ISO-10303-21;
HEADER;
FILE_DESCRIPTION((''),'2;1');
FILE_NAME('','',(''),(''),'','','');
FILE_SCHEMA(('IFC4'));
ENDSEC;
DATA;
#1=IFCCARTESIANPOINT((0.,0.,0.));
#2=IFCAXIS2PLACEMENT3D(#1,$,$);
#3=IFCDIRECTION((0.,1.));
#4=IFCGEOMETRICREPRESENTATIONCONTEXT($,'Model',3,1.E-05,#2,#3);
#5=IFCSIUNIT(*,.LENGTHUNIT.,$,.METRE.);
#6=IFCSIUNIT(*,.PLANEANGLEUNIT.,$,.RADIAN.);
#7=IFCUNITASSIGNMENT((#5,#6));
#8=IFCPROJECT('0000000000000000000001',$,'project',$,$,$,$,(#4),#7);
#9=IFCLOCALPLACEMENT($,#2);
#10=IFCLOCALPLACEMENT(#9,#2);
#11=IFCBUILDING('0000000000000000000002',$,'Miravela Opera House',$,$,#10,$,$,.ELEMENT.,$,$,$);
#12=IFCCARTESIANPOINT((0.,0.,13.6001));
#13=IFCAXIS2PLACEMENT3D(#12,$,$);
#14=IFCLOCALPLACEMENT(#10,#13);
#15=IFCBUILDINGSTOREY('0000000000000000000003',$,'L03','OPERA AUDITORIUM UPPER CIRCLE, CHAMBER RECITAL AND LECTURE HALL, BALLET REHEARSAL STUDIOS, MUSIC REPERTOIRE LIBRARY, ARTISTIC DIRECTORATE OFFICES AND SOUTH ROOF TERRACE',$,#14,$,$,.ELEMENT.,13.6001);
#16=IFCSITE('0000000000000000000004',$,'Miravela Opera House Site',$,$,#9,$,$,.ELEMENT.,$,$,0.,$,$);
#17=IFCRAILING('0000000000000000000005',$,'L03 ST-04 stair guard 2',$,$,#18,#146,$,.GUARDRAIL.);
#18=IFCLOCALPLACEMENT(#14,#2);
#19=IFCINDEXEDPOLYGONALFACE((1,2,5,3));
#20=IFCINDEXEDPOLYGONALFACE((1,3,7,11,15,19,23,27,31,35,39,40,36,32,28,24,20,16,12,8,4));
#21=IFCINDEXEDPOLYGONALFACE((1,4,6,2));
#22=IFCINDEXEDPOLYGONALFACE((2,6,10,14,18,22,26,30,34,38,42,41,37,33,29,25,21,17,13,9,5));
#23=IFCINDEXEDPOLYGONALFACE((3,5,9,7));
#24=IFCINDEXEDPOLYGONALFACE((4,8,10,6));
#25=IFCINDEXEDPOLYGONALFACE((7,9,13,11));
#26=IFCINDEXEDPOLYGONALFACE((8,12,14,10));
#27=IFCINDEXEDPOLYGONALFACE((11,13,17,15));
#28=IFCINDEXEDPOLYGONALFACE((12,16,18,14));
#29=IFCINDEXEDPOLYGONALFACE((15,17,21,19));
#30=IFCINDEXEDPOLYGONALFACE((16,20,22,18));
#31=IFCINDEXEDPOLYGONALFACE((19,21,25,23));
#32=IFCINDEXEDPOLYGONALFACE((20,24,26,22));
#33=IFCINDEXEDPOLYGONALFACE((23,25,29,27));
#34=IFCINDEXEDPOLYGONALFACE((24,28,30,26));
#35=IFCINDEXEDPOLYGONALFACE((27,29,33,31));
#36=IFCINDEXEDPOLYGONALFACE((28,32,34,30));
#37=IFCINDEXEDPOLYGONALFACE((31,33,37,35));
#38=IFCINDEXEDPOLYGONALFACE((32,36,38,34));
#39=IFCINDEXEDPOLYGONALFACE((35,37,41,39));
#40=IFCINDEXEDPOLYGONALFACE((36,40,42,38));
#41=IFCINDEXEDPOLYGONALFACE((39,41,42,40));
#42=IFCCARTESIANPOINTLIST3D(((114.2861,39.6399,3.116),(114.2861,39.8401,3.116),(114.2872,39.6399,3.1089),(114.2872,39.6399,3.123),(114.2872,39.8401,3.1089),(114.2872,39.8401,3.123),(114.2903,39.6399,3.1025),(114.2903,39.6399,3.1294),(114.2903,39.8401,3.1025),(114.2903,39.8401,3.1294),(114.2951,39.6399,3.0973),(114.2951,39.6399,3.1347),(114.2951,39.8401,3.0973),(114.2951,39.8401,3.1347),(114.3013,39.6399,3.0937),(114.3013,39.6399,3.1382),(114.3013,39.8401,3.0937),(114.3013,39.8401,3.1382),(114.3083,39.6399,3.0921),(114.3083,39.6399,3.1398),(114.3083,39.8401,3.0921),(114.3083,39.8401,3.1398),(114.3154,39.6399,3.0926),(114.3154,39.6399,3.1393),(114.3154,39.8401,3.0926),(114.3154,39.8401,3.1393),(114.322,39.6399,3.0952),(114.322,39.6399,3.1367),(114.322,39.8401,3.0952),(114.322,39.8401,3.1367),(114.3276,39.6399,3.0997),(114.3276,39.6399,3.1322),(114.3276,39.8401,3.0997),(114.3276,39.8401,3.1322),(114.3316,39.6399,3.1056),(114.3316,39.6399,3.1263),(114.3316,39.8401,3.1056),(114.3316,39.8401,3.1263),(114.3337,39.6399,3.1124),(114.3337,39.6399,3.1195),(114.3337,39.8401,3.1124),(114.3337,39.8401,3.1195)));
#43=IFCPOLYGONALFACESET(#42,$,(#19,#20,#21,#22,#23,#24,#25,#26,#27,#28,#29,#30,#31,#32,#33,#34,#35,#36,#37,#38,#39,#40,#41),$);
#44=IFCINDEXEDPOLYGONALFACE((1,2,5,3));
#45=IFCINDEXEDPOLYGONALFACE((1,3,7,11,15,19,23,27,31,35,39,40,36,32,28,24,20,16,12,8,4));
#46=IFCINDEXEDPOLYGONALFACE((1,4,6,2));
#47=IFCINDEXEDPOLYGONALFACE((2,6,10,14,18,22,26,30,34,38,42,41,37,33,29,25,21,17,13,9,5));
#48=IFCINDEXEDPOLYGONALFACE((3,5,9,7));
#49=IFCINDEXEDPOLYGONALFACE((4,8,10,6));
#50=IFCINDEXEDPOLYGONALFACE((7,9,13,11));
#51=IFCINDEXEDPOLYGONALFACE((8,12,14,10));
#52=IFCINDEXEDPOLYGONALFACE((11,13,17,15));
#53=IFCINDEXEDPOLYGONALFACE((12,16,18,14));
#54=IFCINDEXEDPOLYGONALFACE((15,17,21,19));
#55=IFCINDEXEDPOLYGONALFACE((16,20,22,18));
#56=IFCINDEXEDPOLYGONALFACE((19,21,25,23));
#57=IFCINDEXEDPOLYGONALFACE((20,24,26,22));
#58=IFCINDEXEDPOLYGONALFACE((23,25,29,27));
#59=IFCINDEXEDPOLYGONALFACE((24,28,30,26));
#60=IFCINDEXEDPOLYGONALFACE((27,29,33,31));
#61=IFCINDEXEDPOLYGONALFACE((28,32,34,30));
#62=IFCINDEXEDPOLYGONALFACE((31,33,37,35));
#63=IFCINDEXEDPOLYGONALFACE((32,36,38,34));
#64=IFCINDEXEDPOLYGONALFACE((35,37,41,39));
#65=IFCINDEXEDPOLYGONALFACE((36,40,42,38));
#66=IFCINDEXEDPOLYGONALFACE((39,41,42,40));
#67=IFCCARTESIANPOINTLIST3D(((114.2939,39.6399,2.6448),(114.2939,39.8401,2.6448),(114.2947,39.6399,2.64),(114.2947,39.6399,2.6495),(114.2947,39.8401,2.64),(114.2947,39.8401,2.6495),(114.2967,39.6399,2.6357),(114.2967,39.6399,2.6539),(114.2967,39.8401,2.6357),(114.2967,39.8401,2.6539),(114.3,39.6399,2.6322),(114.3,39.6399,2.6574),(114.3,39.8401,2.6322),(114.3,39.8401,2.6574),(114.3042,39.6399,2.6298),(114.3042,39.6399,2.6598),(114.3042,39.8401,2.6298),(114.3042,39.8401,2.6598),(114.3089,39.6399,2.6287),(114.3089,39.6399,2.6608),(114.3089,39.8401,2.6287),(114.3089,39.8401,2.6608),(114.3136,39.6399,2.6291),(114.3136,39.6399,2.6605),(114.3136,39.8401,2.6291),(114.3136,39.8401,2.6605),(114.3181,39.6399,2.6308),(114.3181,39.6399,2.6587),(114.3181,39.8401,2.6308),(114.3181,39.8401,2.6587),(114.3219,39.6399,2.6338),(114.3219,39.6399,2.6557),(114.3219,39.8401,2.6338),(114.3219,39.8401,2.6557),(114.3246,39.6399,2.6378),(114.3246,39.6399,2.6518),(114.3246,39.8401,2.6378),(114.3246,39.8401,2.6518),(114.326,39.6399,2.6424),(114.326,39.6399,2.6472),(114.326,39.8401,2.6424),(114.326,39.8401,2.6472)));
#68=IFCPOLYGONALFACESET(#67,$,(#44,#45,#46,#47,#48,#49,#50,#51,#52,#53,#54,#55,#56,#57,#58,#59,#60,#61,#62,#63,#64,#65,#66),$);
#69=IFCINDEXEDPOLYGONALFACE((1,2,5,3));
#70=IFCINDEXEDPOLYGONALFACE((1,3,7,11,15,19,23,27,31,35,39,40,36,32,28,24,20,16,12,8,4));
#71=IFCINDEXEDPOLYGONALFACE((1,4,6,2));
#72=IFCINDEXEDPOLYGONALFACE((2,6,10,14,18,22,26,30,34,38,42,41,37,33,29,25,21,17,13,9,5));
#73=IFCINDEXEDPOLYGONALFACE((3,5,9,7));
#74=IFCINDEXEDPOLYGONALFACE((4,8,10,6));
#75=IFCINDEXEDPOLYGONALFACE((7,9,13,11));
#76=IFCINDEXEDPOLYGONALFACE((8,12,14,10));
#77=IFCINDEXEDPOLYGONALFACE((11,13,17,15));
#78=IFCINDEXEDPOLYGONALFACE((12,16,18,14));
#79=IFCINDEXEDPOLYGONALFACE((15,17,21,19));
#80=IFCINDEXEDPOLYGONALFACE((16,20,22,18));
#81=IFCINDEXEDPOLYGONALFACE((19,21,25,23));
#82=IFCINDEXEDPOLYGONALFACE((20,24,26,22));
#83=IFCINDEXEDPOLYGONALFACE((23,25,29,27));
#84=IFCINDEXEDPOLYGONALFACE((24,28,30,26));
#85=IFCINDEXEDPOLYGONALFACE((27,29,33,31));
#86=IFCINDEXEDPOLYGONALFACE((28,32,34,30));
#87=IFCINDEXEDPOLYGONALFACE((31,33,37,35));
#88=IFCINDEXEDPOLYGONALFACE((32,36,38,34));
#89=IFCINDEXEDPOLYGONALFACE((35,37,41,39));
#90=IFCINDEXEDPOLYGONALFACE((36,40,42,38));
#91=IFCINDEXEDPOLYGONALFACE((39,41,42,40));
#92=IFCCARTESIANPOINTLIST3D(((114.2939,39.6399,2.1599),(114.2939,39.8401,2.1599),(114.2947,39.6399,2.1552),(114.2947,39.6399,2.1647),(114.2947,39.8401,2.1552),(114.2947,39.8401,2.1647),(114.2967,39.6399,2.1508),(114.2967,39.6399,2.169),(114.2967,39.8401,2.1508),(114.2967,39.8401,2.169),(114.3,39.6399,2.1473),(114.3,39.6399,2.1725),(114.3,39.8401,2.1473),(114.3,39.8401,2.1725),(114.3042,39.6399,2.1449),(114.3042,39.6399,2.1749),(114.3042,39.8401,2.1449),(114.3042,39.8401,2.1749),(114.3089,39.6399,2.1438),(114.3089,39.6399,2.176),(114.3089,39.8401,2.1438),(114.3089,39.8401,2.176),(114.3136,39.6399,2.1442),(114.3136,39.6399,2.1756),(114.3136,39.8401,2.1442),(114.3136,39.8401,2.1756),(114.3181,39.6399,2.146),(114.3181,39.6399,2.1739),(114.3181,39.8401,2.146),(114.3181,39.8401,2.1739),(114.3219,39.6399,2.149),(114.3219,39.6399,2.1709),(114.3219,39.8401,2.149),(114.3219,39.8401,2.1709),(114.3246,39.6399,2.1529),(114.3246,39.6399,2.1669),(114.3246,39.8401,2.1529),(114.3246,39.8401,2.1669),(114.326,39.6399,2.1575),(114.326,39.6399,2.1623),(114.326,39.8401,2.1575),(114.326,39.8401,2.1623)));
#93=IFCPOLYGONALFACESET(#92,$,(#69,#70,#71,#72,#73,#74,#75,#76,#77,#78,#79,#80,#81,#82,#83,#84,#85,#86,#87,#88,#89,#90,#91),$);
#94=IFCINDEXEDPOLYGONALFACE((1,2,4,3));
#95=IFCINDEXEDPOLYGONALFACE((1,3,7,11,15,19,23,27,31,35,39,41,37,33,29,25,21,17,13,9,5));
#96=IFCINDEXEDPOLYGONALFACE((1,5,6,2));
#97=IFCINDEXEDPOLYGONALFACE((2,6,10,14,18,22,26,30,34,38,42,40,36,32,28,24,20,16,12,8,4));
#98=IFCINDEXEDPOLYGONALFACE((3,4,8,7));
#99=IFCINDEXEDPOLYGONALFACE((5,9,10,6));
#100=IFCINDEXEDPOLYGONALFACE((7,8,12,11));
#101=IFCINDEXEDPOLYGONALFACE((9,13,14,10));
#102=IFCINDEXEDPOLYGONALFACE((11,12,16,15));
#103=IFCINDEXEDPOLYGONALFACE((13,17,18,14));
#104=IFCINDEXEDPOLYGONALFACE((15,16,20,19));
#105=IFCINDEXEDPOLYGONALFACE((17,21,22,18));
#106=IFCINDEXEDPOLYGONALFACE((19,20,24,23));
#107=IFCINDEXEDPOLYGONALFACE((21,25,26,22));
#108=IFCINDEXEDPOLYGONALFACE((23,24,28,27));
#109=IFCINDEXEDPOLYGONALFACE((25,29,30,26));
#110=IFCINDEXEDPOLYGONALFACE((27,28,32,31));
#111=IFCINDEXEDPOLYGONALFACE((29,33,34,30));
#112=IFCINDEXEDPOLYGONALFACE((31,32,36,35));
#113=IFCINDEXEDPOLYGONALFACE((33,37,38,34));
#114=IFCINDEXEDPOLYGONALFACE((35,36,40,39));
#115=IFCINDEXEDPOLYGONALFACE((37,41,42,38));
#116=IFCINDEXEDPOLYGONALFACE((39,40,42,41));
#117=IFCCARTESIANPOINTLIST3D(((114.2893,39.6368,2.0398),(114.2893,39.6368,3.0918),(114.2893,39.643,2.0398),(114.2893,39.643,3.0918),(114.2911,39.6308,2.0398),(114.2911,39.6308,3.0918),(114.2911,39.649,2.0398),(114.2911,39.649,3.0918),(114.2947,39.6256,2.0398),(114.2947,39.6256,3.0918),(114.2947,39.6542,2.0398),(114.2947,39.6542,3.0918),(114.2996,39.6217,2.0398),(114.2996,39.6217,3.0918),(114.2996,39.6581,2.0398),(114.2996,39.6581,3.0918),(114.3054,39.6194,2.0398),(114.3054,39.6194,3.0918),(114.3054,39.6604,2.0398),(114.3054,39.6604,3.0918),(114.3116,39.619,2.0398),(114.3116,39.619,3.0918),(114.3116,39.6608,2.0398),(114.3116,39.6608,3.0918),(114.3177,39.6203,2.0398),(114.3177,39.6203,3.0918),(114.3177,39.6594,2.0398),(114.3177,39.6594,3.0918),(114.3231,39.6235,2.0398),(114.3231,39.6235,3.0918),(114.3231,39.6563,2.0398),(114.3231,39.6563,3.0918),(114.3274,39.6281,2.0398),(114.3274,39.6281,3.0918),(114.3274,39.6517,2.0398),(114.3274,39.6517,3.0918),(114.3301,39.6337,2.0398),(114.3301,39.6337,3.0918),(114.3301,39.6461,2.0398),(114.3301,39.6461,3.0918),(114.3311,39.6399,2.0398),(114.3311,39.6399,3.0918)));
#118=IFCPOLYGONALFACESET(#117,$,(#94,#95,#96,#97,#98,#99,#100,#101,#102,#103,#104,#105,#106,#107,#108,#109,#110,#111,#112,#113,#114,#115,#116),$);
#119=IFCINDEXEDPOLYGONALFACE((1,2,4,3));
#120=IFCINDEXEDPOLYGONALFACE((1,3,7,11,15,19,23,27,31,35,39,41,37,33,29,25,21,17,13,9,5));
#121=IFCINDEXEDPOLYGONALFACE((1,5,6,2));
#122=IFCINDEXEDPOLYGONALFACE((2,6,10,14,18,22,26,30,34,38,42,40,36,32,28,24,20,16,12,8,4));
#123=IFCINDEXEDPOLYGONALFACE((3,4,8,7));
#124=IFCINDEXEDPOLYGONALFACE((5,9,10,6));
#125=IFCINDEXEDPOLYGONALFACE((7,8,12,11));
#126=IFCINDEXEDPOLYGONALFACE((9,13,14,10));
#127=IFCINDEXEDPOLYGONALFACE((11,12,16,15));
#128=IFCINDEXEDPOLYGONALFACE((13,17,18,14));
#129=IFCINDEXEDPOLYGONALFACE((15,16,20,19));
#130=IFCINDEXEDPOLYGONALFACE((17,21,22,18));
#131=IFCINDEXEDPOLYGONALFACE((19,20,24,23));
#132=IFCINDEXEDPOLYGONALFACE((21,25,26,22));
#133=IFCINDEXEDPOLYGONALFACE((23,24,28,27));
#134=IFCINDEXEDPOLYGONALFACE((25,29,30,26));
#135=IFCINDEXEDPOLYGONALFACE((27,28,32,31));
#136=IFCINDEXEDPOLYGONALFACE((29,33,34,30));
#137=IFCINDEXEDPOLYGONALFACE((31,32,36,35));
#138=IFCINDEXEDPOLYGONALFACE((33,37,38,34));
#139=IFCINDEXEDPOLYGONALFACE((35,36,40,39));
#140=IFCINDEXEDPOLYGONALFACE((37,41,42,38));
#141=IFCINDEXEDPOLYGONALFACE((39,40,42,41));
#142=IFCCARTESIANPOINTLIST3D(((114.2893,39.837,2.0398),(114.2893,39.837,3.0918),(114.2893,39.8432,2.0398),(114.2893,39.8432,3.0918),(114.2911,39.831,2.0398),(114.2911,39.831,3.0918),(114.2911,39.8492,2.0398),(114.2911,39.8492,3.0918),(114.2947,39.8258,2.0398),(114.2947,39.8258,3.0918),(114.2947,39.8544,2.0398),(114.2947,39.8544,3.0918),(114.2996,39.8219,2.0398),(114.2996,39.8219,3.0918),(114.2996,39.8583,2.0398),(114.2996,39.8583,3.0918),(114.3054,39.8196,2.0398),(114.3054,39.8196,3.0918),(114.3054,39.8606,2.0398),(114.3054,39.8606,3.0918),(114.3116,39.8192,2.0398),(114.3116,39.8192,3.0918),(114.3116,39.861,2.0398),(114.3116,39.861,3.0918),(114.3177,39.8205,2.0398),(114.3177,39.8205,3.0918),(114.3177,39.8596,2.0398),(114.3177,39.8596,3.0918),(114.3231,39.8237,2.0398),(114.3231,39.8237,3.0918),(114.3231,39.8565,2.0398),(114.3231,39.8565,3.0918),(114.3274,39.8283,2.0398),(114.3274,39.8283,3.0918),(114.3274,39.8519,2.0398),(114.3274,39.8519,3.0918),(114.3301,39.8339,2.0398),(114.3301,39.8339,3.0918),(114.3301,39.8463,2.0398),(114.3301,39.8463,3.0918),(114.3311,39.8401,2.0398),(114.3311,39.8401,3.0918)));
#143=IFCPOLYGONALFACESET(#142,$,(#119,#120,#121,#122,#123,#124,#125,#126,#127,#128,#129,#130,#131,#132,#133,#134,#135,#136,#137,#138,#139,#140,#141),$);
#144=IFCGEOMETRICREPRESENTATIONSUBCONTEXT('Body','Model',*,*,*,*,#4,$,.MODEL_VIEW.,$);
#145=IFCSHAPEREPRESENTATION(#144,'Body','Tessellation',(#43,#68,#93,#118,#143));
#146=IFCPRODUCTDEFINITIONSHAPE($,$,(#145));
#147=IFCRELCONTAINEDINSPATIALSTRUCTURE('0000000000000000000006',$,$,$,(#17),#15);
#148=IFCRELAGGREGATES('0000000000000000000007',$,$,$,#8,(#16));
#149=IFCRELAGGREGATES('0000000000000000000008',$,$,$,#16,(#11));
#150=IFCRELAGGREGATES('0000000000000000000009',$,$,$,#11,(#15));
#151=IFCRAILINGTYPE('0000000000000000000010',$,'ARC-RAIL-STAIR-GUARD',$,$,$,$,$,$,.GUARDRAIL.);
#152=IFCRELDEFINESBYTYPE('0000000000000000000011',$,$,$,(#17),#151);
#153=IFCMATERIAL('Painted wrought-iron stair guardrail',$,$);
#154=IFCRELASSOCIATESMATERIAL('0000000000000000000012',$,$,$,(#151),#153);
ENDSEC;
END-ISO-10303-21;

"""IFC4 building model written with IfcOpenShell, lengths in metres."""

from ifc_helpers import new_model, si_unit, direction, frame, origin, origin_2d, place, context, subcontext, project, spatial, circle, extrude, material, type_object, element, save


model = new_model("IFC4")

# Units and contexts
model_context = context("Model", 3, precision=1e-05, world=origin(), true_north=direction((0.0, 1.0)))
body_context = subcontext(model_context, "Body", "Model", "MODEL_VIEW")
ifc_project = project(units=[si_unit("LENGTHUNIT", "METRE"), si_unit("PLANEANGLEUNIT", "RADIAN")], contexts=[model_context])

# Site, building, storey
site_placement = place(None, origin())
site = spatial("IfcSite", under=ifc_project, at=site_placement, Name="Miravela Opera House Site", CompositionType="ELEMENT", RefElevation=0.0)
building_placement = place(site_placement, origin())
building = spatial("IfcBuilding", under=site, at=building_placement, Name="Miravela Opera House", CompositionType="ELEMENT")
storey_placement = place(building_placement, frame((0.0, 0.0, 13.6001)))
storey = spatial("IfcBuildingStorey", under=building, at=storey_placement, Name="L03", Description="OPERA AUDITORIUM UPPER CIRCLE, CHAMBER RECITAL AND LECTURE HALL, BALLET REHEARSAL STUDIOS, MUSIC REPERTOIRE LIBRARY, ARTISTIC DIRECTORATE OFFICES AND SOUTH ROOF TERRACE", CompositionType="ELEMENT", Elevation=13.6001)

# Railing
ifc_material_1 = material(Name="Painted wrought-iron stair guardrail")
railing_type_1 = type_object("IfcRailingType", Name="ARC-RAIL-STAIR-GUARD", PredefinedType="GUARDRAIL", material=ifc_material_1)
railing_1_placement = place(storey_placement, frame((114.3101, 39.6399, 2.0398)))
element("IfcRailing", 1, at=railing_1_placement, inside=storey, type_object=railing_type_1, Name="L03 ST-04 stair guard 2", PredefinedType="GUARDRAIL", context=body_context, shape_type="SweptSolid", body=[
    extrude(circle(Radius=0.0239, at=origin_2d()), frame((0.0, 0.0, 1.0762), z_axis=(0.0, 1.0, 0.0), x_axis=(-1.0, 0.0, 0.0)), (0.0, 0.0, 1.0), 0.2002),
    extrude(circle(Radius=0.0161, at=origin_2d()), frame((0.0, 0.0, 0.605), z_axis=(0.0, 1.0, 0.0), x_axis=(-1.0, 0.0, 0.0)), (0.0, 0.0, 1.0), 0.2002),
    extrude(circle(Radius=0.0161, at=origin_2d()), frame((0.0, 0.0, 0.1201), z_axis=(0.0, 1.0, 0.0), x_axis=(-1.0, 0.0, 0.0)), (0.0, 0.0, 1.0), 0.2002),
    extrude(circle(Radius=0.021, at=origin_2d()), origin(), (0.0, 0.0, 1.0), 1.052),
    extrude(circle(Radius=0.021, at=origin_2d()), frame((0.0, 0.2002, 0.0)), (0.0, 0.0, 1.0), 1.052),
])

save(model, "model.ifc")
